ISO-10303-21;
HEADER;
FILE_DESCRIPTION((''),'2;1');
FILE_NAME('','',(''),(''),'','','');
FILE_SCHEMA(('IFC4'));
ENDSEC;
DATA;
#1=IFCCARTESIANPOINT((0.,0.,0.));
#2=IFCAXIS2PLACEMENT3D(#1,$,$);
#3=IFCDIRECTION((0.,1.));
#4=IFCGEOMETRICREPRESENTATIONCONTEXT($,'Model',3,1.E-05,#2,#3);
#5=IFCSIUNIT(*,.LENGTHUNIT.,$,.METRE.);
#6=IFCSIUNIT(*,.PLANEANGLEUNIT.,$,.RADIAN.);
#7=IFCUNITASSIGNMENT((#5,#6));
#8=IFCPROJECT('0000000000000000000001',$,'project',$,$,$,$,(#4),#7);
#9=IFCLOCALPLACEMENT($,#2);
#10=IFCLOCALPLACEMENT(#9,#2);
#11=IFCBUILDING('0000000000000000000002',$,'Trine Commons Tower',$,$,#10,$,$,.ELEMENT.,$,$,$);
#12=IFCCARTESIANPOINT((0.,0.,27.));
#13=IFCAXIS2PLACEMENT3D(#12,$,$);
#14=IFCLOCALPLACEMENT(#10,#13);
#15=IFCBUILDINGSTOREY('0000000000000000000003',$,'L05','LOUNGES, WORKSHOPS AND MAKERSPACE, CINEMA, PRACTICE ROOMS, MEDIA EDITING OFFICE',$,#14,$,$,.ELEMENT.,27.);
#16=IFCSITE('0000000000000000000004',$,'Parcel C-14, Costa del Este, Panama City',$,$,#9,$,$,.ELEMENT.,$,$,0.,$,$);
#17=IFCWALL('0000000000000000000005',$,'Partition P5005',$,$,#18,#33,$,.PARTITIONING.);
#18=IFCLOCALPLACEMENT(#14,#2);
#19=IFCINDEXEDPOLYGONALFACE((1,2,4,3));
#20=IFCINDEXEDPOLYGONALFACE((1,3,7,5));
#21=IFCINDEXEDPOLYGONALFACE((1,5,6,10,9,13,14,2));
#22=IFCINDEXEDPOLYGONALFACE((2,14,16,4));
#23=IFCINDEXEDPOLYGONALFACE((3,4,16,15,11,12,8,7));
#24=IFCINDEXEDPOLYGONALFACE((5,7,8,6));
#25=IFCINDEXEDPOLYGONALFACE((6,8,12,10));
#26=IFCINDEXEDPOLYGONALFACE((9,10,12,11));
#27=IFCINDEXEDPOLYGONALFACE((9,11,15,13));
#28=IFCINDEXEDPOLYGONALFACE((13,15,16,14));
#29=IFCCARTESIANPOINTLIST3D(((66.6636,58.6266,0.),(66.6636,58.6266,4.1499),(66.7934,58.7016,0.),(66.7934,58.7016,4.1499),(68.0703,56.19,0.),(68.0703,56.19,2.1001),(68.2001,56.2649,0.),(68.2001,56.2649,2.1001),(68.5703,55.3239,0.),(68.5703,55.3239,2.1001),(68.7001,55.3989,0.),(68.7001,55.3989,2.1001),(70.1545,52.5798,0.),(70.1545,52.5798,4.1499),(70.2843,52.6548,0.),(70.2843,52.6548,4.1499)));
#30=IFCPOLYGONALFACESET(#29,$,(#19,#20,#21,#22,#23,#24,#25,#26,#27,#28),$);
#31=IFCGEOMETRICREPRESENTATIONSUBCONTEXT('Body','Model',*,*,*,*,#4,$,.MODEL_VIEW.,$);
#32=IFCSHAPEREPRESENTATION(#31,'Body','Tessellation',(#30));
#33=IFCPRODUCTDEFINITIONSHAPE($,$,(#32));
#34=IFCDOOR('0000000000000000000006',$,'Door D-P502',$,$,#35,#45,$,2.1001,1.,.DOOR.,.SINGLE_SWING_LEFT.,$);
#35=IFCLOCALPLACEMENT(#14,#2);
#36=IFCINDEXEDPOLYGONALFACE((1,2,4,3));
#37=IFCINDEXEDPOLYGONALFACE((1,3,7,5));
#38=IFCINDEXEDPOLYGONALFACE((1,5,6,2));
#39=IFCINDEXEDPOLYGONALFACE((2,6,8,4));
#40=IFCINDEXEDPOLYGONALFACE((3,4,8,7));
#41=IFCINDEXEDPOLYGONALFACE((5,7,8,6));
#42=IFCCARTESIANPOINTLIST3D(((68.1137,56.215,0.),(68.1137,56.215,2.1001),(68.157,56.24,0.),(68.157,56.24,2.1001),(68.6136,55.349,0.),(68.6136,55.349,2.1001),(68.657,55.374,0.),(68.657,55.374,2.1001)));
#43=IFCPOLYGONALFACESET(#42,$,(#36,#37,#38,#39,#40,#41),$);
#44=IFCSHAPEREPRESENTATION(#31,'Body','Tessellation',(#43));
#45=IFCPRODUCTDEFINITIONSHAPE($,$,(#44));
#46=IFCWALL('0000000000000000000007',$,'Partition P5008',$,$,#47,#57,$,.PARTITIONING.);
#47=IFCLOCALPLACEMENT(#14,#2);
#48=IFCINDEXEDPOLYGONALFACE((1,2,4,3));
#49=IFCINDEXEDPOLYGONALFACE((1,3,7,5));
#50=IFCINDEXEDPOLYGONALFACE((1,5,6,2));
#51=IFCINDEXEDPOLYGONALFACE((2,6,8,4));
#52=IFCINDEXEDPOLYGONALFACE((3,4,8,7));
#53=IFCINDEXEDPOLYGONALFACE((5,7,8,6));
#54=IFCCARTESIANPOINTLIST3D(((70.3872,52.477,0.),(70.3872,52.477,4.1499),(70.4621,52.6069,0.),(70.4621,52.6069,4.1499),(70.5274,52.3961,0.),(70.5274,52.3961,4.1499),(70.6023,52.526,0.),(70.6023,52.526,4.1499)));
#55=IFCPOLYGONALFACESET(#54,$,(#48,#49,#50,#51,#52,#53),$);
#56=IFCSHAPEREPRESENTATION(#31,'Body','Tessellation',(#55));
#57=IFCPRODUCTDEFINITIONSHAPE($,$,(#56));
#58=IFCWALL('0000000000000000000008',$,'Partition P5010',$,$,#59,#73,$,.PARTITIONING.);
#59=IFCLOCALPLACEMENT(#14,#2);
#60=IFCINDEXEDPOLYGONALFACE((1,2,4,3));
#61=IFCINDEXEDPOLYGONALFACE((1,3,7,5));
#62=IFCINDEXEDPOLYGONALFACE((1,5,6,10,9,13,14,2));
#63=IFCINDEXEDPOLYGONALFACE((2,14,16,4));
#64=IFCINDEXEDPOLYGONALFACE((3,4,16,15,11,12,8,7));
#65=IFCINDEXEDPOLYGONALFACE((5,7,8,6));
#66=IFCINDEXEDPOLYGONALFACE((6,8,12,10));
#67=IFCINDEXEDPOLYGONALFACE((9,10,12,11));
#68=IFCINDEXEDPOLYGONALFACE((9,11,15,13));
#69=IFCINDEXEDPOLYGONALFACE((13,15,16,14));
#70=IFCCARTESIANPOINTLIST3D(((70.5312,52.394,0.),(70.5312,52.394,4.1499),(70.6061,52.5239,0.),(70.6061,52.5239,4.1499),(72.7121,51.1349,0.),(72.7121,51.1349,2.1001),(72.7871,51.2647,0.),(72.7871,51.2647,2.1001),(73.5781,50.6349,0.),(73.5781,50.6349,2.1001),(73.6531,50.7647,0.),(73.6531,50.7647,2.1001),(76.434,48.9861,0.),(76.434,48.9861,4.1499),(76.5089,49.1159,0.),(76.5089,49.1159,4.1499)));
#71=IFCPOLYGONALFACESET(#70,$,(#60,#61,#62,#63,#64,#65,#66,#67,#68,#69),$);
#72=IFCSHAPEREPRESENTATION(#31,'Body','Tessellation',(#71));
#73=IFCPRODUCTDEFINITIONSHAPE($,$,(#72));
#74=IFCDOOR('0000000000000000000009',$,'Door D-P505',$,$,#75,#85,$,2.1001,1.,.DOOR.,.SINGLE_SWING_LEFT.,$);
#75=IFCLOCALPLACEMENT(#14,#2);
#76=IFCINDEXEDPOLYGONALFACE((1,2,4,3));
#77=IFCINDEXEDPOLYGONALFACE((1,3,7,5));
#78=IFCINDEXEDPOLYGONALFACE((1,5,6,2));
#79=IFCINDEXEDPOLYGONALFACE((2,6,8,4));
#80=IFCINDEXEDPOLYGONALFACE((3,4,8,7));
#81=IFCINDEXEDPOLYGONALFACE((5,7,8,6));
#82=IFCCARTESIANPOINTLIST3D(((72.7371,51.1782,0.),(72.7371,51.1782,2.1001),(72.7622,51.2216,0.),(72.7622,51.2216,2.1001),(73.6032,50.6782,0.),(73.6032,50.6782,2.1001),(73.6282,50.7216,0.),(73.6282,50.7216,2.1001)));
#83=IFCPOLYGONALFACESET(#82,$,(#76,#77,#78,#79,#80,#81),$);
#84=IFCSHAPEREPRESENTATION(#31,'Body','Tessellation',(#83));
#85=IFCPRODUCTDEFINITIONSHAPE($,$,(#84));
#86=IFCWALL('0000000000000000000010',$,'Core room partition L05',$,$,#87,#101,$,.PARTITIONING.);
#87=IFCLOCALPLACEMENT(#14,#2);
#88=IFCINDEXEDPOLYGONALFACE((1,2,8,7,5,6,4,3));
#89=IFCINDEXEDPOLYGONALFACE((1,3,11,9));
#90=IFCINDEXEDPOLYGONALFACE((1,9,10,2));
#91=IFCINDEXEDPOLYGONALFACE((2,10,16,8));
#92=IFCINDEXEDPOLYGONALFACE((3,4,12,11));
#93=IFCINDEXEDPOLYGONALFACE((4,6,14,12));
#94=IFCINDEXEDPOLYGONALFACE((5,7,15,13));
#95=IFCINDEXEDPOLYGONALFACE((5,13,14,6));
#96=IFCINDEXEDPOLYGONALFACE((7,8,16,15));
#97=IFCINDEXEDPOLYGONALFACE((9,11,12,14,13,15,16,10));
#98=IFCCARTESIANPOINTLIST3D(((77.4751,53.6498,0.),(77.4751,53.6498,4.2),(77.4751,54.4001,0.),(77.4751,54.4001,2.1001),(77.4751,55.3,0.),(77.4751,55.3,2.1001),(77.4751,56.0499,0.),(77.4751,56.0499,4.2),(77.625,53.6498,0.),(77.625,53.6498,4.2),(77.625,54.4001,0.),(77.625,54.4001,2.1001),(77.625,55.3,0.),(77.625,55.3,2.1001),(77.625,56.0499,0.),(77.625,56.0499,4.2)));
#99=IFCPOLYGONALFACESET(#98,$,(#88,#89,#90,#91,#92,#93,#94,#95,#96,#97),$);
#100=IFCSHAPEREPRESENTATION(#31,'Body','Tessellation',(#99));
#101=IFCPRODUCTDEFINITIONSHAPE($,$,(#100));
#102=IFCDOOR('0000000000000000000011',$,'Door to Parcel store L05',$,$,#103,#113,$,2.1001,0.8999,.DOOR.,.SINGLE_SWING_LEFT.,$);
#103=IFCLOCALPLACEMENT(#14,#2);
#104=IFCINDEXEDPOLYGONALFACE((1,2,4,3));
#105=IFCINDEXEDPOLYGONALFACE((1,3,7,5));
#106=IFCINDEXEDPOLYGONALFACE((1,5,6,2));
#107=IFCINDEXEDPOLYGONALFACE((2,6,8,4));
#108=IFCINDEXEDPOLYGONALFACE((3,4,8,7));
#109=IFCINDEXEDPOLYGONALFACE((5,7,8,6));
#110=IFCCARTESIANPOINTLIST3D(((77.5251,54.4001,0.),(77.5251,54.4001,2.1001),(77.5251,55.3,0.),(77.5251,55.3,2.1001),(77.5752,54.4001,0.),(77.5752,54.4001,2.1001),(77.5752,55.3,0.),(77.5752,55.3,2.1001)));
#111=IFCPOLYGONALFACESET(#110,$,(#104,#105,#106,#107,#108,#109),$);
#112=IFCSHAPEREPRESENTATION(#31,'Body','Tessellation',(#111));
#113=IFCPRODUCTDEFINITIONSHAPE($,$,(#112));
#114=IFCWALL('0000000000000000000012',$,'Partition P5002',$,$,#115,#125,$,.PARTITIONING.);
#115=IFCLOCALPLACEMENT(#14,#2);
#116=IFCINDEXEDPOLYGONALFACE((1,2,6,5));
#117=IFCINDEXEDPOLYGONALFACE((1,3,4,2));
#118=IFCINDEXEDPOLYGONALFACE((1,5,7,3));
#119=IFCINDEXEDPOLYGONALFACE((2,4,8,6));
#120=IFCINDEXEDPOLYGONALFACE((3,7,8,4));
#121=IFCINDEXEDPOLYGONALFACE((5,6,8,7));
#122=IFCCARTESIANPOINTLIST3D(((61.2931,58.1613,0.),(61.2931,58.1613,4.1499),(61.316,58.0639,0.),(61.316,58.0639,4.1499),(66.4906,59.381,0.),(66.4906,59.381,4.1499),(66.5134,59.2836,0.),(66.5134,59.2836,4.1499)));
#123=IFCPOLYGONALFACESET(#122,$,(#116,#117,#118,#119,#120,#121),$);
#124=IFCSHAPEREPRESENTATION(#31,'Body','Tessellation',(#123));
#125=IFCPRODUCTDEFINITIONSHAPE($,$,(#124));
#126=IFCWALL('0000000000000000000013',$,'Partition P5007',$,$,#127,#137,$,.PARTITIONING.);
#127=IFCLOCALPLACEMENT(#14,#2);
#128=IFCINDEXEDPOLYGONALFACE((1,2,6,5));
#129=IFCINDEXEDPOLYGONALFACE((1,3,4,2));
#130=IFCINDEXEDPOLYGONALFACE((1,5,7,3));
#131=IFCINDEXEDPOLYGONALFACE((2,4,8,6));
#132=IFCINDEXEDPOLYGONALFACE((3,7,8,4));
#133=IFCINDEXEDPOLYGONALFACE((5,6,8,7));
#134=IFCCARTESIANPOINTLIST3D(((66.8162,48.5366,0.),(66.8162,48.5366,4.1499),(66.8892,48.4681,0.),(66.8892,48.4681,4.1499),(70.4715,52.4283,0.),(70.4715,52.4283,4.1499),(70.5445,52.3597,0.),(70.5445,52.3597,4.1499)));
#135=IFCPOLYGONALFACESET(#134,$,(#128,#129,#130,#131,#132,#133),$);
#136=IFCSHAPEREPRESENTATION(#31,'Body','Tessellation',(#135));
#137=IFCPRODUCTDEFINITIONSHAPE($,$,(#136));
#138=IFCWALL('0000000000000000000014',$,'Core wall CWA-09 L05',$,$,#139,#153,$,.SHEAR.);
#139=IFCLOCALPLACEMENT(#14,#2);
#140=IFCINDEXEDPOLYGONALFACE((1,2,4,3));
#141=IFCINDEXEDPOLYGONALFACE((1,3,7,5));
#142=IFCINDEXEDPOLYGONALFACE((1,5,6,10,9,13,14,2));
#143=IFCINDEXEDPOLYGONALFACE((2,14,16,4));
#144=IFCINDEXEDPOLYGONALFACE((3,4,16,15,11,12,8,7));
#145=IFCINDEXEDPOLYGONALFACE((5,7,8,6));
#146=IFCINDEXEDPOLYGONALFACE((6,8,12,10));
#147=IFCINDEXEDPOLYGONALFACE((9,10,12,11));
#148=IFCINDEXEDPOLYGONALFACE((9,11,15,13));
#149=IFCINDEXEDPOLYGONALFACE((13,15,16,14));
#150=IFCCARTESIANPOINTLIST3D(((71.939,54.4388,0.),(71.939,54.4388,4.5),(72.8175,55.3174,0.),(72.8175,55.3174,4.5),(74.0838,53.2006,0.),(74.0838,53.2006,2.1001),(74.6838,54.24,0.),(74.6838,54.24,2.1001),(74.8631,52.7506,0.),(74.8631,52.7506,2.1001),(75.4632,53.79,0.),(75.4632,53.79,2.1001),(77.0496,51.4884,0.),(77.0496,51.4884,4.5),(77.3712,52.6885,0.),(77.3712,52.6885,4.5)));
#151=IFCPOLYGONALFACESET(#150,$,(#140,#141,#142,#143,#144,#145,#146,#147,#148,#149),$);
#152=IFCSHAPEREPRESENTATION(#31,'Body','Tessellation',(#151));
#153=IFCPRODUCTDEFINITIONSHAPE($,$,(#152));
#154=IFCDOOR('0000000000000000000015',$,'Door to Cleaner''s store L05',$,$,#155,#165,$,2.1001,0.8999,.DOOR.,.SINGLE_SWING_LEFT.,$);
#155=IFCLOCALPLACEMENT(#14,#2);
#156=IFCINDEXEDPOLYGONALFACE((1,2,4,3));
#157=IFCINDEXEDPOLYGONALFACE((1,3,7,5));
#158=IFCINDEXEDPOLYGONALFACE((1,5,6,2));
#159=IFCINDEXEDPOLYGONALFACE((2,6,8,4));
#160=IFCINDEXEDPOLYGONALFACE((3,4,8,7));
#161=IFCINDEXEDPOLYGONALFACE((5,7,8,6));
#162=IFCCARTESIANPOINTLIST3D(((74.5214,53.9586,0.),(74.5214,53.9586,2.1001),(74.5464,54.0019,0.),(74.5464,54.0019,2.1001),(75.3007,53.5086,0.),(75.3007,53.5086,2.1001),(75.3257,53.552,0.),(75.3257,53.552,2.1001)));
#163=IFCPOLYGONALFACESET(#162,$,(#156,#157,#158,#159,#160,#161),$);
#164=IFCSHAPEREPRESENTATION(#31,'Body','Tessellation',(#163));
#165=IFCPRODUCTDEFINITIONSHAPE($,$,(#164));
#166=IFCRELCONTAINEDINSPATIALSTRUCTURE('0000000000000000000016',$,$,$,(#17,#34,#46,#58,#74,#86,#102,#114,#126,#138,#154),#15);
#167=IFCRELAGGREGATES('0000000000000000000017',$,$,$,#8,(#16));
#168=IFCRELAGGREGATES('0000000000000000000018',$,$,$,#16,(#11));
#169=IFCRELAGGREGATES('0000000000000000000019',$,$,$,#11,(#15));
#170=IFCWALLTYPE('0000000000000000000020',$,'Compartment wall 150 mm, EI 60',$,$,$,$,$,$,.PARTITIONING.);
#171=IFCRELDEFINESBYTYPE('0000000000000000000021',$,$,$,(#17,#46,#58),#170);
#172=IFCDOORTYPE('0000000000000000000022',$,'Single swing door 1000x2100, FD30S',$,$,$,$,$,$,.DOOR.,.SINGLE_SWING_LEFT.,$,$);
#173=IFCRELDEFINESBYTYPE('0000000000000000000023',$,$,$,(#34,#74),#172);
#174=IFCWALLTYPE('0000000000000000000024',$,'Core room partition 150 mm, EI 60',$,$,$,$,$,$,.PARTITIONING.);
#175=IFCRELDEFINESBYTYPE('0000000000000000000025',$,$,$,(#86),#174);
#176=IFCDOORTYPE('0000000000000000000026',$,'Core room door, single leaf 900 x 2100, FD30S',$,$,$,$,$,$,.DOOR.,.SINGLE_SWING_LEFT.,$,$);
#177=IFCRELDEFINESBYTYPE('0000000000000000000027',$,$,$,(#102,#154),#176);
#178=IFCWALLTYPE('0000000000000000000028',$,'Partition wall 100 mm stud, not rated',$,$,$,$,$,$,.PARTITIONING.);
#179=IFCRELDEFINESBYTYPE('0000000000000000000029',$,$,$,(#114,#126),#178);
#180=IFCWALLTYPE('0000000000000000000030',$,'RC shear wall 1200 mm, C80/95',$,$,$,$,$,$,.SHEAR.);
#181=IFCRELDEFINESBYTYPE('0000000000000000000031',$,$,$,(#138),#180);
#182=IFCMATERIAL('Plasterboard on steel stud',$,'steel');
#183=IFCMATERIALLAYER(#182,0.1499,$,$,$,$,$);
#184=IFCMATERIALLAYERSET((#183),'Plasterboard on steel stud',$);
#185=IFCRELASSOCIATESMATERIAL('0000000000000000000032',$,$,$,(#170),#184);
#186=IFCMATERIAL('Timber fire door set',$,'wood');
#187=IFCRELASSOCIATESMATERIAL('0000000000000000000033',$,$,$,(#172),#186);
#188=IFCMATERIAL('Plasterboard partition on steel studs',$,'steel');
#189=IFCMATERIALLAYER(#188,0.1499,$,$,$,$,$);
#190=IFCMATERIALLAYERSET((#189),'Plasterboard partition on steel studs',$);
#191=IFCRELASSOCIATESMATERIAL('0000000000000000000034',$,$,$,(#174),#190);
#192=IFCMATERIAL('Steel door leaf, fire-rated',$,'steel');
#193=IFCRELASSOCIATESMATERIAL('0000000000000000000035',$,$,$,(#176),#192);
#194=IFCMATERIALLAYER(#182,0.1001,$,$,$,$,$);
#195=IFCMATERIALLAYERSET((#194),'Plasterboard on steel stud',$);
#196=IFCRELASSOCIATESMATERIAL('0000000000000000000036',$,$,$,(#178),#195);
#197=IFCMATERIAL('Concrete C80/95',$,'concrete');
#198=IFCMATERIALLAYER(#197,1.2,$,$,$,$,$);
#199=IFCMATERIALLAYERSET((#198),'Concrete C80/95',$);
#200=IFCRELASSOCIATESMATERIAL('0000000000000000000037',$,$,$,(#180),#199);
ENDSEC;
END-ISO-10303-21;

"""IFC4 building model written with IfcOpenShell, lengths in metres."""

from ifc_helpers import new_model, si_unit, direction, frame, frame_2d, origin, place, context, subcontext, project, spatial, polyline, rectangle, outline, extrude, material, layer, layer_set, type_object, element, fill, save


model = new_model("IFC4")

# Units and contexts
model_context = context("Model", 3, precision=1e-05, world=origin(), true_north=direction((0.0, 1.0)))
body_context = subcontext(model_context, "Body", "Model", "MODEL_VIEW")
ifc_project = project(units=[si_unit("LENGTHUNIT", "METRE"), si_unit("PLANEANGLEUNIT", "RADIAN")], contexts=[model_context])

# Site, building, storey
site_placement = place(None, origin())
site = spatial("IfcSite", under=ifc_project, at=site_placement, Name="Parcel C-14, Costa del Este, Panama City", CompositionType="ELEMENT", RefElevation=0.0)
building_placement = place(site_placement, origin())
building = spatial("IfcBuilding", under=site, at=building_placement, Name="Trine Commons Tower", CompositionType="ELEMENT")
storey_placement = place(building_placement, frame((0.0, 0.0, 27.0)))
storey = spatial("IfcBuildingStorey", under=building, at=storey_placement, Name="L05", Description="LOUNGES, WORKSHOPS AND MAKERSPACE, CINEMA, PRACTICE ROOMS, MEDIA EDITING OFFICE", CompositionType="ELEMENT", Elevation=27.0)

# Shared definitions
ifc_material_1 = material(Name="Concrete C80/95", Category="concrete")

# Wall, opening, door
ifc_material_2 = material(Name="Plasterboard on steel stud", Category="steel")
ifc_layer_1 = layer(ifc_material_2, 0.1499)
ifc_layer_set_1 = layer_set([ifc_layer_1], Name="Plasterboard on steel stud")
wall_type_1 = type_object("IfcWallType", Name="Compartment wall 150 mm, EI 60", PredefinedType="PARTITIONING", material=ifc_layer_set_1)
wall_1_placement = place(storey_placement, frame((70.2195, 52.6172, 0.0), z_axis=(0.0, 0.0, 1.0), x_axis=(-0.499979, 0.866038, 0.0)))
wall_1 = element("IfcWall", 1, at=wall_1_placement, inside=storey, type_object=wall_type_1, Name="Partition P5005", PredefinedType="PARTITIONING", context=body_context, shape_type="SweptSolid", body=[
    extrude(rectangle(XDim=6.9822, YDim=0.1499, at=frame_2d((3.4912, 0.0))), origin(), (0.0, 0.0, 1.0), 4.1499),
])
opening_1_placement = place(wall_1_placement, frame((3.1687, 0.0, 0.0)))
opening_1 = element("IfcOpeningElement", 2, at=opening_1_placement, cuts=wall_1, PredefinedType="OPENING", context=body_context, shape_type="SweptSolid", body=[
    extrude(rectangle(XDim=1.0, YDim=2.1001, at=frame_2d((0.5, 1.05))), frame((0.0, 0.085, 0.0), z_axis=(0.0, -1.0, 0.0), x_axis=(1.0, 0.0, 0.0)), (0.0, 0.0, 1.0), 0.1699),
])
ifc_material_3 = material(Name="Timber fire door set", Category="wood")
door_type_1 = type_object("IfcDoorType", Name="Single swing door 1000x2100, FD30S", OperationType="SINGLE_SWING_LEFT", PredefinedType="DOOR", material=ifc_material_3)
door_1_placement = place(opening_1_placement, origin())
door_1 = element("IfcDoor", 3, at=door_1_placement, inside=storey, type_object=door_type_1, Name="Door D-P502", OperationType="SINGLE_SWING_LEFT", OverallHeight=2.1001, OverallWidth=1.0, PredefinedType="DOOR", context=body_context, shape_type="SweptSolid", body=[
    extrude(rectangle(XDim=1.0, YDim=2.1001, at=frame_2d((0.5, 1.05))), frame((0.0, 0.0249, 0.0), z_axis=(0.0, -1.0, 0.0), x_axis=(1.0, 0.0, 0.0)), (0.0, 0.0, 1.0), 0.05),
])
fill(opening_1, door_1)

# Wall
wall_2_placement = place(storey_placement, frame((70.4246, 52.542, 0.0), z_axis=(0.0, 0.0, 1.0), x_axis=(0.866286, -0.499548, 0.0)))
element("IfcWall", 4, at=wall_2_placement, inside=storey, type_object=wall_type_1, Name="Partition P5008", PredefinedType="PARTITIONING", context=body_context, shape_type="SweptSolid", body=[
    extrude(rectangle(XDim=0.1619, YDim=0.1499, at=frame_2d((0.0811, 0.0))), origin(), (0.0, 0.0, 1.0), 4.1499),
])

# Walls, openings, doors
wall_3_placement = place(storey_placement, frame((76.4714, 49.051, 0.0), z_axis=(0.0, 0.0, 1.0), x_axis=(-0.866028, 0.499995, 0.0)))
wall_3 = element("IfcWall", 5, at=wall_3_placement, inside=storey, type_object=wall_type_1, Name="Partition P5010", PredefinedType="PARTITIONING", context=body_context, shape_type="SweptSolid", body=[
    extrude(rectangle(XDim=6.8159, YDim=0.1499, at=frame_2d((3.408, 0.0))), origin(), (0.0, 0.0, 1.0), 4.1499),
])
opening_2_placement = place(wall_3_placement, frame((3.2976, 0.0, 0.0)))
opening_2 = element("IfcOpeningElement", 6, at=opening_2_placement, cuts=wall_3, PredefinedType="OPENING", context=body_context, shape_type="SweptSolid", body=[
    extrude(rectangle(XDim=1.0, YDim=2.1001, at=frame_2d((0.5, 1.05))), frame((0.0, 0.085, 0.0), z_axis=(0.0, -1.0, 0.0), x_axis=(1.0, 0.0, 0.0)), (0.0, 0.0, 1.0), 0.1699),
])
door_2_placement = place(opening_2_placement, origin())
door_2 = element("IfcDoor", 7, at=door_2_placement, inside=storey, type_object=door_type_1, Name="Door D-P505", OperationType="SINGLE_SWING_LEFT", OverallHeight=2.1001, OverallWidth=1.0, PredefinedType="DOOR", context=body_context, shape_type="SweptSolid", body=[
    extrude(rectangle(XDim=1.0, YDim=2.1001, at=frame_2d((0.5, 1.05))), frame((0.0, 0.0249, 0.0), z_axis=(0.0, -1.0, 0.0), x_axis=(1.0, 0.0, 0.0)), (0.0, 0.0, 1.0), 0.05),
])
fill(opening_2, door_2)
ifc_material_4 = material(Name="Plasterboard partition on steel studs", Category="steel")
ifc_layer_2 = layer(ifc_material_4, 0.1499)
ifc_layer_set_2 = layer_set([ifc_layer_2], Name="Plasterboard partition on steel studs")
wall_type_2 = type_object("IfcWallType", Name="Core room partition 150 mm, EI 60", PredefinedType="PARTITIONING", material=ifc_layer_set_2)
wall_4_placement = place(storey_placement, frame((77.55, 56.05, 0.0), z_axis=(0.0, 0.0, 1.0), x_axis=(0.0, -1.0, 0.0)))
wall_4 = element("IfcWall", 8, at=wall_4_placement, inside=storey, type_object=wall_type_2, Name="Core room partition L05", PredefinedType="PARTITIONING", context=body_context, shape_type="SweptSolid", body=[
    extrude(rectangle(XDim=2.4001, YDim=0.1499, at=frame_2d((1.2002, 0.0))), origin(), (0.0, 0.0, 1.0), 4.2),
])
opening_3_placement = place(wall_4_placement, frame((0.75, 0.0, 0.0)))
opening_3 = element("IfcOpeningElement", 9, at=opening_3_placement, cuts=wall_4, PredefinedType="OPENING", context=body_context, shape_type="SweptSolid", body=[
    extrude(rectangle(XDim=0.8999, YDim=2.1001, at=frame_2d((0.45, 1.05))), frame((0.0, 0.085, 0.0), z_axis=(0.0, -1.0, 0.0), x_axis=(1.0, 0.0, 0.0)), (0.0, 0.0, 1.0), 0.1699),
])
ifc_material_5 = material(Name="Steel door leaf, fire-rated", Category="steel")
door_type_2 = type_object("IfcDoorType", Name="Core room door, single leaf 900 x 2100, FD30S", OperationType="SINGLE_SWING_LEFT", PredefinedType="DOOR", material=ifc_material_5)
door_3_placement = place(opening_3_placement, frame((0.8999, 0.0, 0.0), z_axis=(0.0, 0.0, 1.0), x_axis=(-1.0, 0.0, 0.0)))
door_3 = element("IfcDoor", 10, at=door_3_placement, inside=storey, type_object=door_type_2, Name="Door to Parcel store L05", OperationType="SINGLE_SWING_LEFT", OverallHeight=2.1001, OverallWidth=0.8999, PredefinedType="DOOR", context=body_context, shape_type="SweptSolid", body=[
    extrude(rectangle(XDim=0.8999, YDim=2.1001, at=frame_2d((0.45, 1.05))), frame((0.0, 0.0249, 0.0), z_axis=(0.0, -1.0, 0.0), x_axis=(1.0, 0.0, 0.0)), (0.0, 0.0, 1.0), 0.05),
])
fill(opening_3, door_3)

# Walls
ifc_layer_3 = layer(ifc_material_2, 0.1001)
ifc_layer_set_3 = layer_set([ifc_layer_3], Name="Plasterboard on steel stud")
wall_type_3 = type_object("IfcWallType", Name="Partition wall 100 mm stud, not rated", PredefinedType="PARTITIONING", material=ifc_layer_set_3)
wall_5_placement = place(storey_placement, frame((61.3044, 58.1125, 0.0), z_axis=(0.0, 0.0, 1.0), x_axis=(0.973551, 0.228468, 0.0)))
element("IfcWall", 11, at=wall_5_placement, inside=storey, type_object=wall_type_3, Name="Partition P5002", PredefinedType="PARTITIONING", context=body_context, shape_type="SweptSolid", body=[
    extrude(rectangle(XDim=5.3386, YDim=0.1001, at=frame_2d((2.6694, 0.0))), origin(), (0.0, 0.0, 1.0), 4.1499),
])
wall_6_placement = place(storey_placement, frame((66.8528, 48.5024, 0.0), z_axis=(0.0, 0.0, 1.0), x_axis=(0.684628, 0.728892, 0.0)))
element("IfcWall", 12, at=wall_6_placement, inside=storey, type_object=wall_type_3, Name="Partition P5007", PredefinedType="PARTITIONING", context=body_context, shape_type="SweptSolid", body=[
    extrude(rectangle(XDim=5.3391, YDim=0.1001, at=frame_2d((2.6694, 0.0))), origin(), (0.0, 0.0, 1.0), 4.1499),
])

# Wall, opening, door
ifc_layer_4 = layer(ifc_material_1, 1.2)
ifc_layer_set_4 = layer_set([ifc_layer_4], Name="Concrete C80/95")
wall_type_4 = type_object("IfcWallType", Name="RC shear wall 1200 mm, C80/95", PredefinedType="SHEAR", material=ifc_layer_set_4)
wall_7_placement = place(storey_placement, frame((72.239, 54.9585, 0.0), z_axis=(0.0, 0.0, 1.0), x_axis=(0.866037, -0.499979, 0.0)))
wall_7 = element("IfcWall", 13, at=wall_7_placement, inside=storey, type_object=wall_type_4, Name="Core wall CWA-09 L05", PredefinedType="SHEAR", context=body_context, shape_type="SweptSolid", body=[
    extrude(outline(polyline([(0.0, -0.6001), (5.9011, -0.6001), (5.5796, 0.6001), (0.3215, 0.6001), (0.0, -0.6001)])), origin(), (0.0, 0.0, 1.0), 4.5),
])
opening_4_placement = place(wall_7_placement, frame((2.4766, 0.0, 0.0)))
opening_4 = element("IfcOpeningElement", 14, at=opening_4_placement, cuts=wall_7, PredefinedType="OPENING", context=body_context, shape_type="SweptSolid", body=[
    extrude(rectangle(XDim=0.8999, YDim=2.1001, at=frame_2d((0.45, 1.05))), frame((0.0, 0.6099, 0.0), z_axis=(0.0, -1.0, 0.0), x_axis=(1.0, 0.0, 0.0)), (0.0, 0.0, 1.0), 1.22),
])
door_4_placement = place(opening_4_placement, origin())
door_4 = element("IfcDoor", 15, at=door_4_placement, inside=storey, type_object=door_type_2, Name="Door to Cleaner's store L05", OperationType="SINGLE_SWING_LEFT", OverallHeight=2.1001, OverallWidth=0.8999, PredefinedType="DOOR", context=body_context, shape_type="SweptSolid", body=[
    extrude(rectangle(XDim=0.8999, YDim=2.1001, at=frame_2d((0.45, 1.05))), frame((0.0, 0.3252, 0.0), z_axis=(0.0, -1.0, 0.0), x_axis=(1.0, 0.0, 0.0)), (0.0, 0.0, 1.0), 0.05),
])
fill(opening_4, door_4)

save(model, "model.ifc")
